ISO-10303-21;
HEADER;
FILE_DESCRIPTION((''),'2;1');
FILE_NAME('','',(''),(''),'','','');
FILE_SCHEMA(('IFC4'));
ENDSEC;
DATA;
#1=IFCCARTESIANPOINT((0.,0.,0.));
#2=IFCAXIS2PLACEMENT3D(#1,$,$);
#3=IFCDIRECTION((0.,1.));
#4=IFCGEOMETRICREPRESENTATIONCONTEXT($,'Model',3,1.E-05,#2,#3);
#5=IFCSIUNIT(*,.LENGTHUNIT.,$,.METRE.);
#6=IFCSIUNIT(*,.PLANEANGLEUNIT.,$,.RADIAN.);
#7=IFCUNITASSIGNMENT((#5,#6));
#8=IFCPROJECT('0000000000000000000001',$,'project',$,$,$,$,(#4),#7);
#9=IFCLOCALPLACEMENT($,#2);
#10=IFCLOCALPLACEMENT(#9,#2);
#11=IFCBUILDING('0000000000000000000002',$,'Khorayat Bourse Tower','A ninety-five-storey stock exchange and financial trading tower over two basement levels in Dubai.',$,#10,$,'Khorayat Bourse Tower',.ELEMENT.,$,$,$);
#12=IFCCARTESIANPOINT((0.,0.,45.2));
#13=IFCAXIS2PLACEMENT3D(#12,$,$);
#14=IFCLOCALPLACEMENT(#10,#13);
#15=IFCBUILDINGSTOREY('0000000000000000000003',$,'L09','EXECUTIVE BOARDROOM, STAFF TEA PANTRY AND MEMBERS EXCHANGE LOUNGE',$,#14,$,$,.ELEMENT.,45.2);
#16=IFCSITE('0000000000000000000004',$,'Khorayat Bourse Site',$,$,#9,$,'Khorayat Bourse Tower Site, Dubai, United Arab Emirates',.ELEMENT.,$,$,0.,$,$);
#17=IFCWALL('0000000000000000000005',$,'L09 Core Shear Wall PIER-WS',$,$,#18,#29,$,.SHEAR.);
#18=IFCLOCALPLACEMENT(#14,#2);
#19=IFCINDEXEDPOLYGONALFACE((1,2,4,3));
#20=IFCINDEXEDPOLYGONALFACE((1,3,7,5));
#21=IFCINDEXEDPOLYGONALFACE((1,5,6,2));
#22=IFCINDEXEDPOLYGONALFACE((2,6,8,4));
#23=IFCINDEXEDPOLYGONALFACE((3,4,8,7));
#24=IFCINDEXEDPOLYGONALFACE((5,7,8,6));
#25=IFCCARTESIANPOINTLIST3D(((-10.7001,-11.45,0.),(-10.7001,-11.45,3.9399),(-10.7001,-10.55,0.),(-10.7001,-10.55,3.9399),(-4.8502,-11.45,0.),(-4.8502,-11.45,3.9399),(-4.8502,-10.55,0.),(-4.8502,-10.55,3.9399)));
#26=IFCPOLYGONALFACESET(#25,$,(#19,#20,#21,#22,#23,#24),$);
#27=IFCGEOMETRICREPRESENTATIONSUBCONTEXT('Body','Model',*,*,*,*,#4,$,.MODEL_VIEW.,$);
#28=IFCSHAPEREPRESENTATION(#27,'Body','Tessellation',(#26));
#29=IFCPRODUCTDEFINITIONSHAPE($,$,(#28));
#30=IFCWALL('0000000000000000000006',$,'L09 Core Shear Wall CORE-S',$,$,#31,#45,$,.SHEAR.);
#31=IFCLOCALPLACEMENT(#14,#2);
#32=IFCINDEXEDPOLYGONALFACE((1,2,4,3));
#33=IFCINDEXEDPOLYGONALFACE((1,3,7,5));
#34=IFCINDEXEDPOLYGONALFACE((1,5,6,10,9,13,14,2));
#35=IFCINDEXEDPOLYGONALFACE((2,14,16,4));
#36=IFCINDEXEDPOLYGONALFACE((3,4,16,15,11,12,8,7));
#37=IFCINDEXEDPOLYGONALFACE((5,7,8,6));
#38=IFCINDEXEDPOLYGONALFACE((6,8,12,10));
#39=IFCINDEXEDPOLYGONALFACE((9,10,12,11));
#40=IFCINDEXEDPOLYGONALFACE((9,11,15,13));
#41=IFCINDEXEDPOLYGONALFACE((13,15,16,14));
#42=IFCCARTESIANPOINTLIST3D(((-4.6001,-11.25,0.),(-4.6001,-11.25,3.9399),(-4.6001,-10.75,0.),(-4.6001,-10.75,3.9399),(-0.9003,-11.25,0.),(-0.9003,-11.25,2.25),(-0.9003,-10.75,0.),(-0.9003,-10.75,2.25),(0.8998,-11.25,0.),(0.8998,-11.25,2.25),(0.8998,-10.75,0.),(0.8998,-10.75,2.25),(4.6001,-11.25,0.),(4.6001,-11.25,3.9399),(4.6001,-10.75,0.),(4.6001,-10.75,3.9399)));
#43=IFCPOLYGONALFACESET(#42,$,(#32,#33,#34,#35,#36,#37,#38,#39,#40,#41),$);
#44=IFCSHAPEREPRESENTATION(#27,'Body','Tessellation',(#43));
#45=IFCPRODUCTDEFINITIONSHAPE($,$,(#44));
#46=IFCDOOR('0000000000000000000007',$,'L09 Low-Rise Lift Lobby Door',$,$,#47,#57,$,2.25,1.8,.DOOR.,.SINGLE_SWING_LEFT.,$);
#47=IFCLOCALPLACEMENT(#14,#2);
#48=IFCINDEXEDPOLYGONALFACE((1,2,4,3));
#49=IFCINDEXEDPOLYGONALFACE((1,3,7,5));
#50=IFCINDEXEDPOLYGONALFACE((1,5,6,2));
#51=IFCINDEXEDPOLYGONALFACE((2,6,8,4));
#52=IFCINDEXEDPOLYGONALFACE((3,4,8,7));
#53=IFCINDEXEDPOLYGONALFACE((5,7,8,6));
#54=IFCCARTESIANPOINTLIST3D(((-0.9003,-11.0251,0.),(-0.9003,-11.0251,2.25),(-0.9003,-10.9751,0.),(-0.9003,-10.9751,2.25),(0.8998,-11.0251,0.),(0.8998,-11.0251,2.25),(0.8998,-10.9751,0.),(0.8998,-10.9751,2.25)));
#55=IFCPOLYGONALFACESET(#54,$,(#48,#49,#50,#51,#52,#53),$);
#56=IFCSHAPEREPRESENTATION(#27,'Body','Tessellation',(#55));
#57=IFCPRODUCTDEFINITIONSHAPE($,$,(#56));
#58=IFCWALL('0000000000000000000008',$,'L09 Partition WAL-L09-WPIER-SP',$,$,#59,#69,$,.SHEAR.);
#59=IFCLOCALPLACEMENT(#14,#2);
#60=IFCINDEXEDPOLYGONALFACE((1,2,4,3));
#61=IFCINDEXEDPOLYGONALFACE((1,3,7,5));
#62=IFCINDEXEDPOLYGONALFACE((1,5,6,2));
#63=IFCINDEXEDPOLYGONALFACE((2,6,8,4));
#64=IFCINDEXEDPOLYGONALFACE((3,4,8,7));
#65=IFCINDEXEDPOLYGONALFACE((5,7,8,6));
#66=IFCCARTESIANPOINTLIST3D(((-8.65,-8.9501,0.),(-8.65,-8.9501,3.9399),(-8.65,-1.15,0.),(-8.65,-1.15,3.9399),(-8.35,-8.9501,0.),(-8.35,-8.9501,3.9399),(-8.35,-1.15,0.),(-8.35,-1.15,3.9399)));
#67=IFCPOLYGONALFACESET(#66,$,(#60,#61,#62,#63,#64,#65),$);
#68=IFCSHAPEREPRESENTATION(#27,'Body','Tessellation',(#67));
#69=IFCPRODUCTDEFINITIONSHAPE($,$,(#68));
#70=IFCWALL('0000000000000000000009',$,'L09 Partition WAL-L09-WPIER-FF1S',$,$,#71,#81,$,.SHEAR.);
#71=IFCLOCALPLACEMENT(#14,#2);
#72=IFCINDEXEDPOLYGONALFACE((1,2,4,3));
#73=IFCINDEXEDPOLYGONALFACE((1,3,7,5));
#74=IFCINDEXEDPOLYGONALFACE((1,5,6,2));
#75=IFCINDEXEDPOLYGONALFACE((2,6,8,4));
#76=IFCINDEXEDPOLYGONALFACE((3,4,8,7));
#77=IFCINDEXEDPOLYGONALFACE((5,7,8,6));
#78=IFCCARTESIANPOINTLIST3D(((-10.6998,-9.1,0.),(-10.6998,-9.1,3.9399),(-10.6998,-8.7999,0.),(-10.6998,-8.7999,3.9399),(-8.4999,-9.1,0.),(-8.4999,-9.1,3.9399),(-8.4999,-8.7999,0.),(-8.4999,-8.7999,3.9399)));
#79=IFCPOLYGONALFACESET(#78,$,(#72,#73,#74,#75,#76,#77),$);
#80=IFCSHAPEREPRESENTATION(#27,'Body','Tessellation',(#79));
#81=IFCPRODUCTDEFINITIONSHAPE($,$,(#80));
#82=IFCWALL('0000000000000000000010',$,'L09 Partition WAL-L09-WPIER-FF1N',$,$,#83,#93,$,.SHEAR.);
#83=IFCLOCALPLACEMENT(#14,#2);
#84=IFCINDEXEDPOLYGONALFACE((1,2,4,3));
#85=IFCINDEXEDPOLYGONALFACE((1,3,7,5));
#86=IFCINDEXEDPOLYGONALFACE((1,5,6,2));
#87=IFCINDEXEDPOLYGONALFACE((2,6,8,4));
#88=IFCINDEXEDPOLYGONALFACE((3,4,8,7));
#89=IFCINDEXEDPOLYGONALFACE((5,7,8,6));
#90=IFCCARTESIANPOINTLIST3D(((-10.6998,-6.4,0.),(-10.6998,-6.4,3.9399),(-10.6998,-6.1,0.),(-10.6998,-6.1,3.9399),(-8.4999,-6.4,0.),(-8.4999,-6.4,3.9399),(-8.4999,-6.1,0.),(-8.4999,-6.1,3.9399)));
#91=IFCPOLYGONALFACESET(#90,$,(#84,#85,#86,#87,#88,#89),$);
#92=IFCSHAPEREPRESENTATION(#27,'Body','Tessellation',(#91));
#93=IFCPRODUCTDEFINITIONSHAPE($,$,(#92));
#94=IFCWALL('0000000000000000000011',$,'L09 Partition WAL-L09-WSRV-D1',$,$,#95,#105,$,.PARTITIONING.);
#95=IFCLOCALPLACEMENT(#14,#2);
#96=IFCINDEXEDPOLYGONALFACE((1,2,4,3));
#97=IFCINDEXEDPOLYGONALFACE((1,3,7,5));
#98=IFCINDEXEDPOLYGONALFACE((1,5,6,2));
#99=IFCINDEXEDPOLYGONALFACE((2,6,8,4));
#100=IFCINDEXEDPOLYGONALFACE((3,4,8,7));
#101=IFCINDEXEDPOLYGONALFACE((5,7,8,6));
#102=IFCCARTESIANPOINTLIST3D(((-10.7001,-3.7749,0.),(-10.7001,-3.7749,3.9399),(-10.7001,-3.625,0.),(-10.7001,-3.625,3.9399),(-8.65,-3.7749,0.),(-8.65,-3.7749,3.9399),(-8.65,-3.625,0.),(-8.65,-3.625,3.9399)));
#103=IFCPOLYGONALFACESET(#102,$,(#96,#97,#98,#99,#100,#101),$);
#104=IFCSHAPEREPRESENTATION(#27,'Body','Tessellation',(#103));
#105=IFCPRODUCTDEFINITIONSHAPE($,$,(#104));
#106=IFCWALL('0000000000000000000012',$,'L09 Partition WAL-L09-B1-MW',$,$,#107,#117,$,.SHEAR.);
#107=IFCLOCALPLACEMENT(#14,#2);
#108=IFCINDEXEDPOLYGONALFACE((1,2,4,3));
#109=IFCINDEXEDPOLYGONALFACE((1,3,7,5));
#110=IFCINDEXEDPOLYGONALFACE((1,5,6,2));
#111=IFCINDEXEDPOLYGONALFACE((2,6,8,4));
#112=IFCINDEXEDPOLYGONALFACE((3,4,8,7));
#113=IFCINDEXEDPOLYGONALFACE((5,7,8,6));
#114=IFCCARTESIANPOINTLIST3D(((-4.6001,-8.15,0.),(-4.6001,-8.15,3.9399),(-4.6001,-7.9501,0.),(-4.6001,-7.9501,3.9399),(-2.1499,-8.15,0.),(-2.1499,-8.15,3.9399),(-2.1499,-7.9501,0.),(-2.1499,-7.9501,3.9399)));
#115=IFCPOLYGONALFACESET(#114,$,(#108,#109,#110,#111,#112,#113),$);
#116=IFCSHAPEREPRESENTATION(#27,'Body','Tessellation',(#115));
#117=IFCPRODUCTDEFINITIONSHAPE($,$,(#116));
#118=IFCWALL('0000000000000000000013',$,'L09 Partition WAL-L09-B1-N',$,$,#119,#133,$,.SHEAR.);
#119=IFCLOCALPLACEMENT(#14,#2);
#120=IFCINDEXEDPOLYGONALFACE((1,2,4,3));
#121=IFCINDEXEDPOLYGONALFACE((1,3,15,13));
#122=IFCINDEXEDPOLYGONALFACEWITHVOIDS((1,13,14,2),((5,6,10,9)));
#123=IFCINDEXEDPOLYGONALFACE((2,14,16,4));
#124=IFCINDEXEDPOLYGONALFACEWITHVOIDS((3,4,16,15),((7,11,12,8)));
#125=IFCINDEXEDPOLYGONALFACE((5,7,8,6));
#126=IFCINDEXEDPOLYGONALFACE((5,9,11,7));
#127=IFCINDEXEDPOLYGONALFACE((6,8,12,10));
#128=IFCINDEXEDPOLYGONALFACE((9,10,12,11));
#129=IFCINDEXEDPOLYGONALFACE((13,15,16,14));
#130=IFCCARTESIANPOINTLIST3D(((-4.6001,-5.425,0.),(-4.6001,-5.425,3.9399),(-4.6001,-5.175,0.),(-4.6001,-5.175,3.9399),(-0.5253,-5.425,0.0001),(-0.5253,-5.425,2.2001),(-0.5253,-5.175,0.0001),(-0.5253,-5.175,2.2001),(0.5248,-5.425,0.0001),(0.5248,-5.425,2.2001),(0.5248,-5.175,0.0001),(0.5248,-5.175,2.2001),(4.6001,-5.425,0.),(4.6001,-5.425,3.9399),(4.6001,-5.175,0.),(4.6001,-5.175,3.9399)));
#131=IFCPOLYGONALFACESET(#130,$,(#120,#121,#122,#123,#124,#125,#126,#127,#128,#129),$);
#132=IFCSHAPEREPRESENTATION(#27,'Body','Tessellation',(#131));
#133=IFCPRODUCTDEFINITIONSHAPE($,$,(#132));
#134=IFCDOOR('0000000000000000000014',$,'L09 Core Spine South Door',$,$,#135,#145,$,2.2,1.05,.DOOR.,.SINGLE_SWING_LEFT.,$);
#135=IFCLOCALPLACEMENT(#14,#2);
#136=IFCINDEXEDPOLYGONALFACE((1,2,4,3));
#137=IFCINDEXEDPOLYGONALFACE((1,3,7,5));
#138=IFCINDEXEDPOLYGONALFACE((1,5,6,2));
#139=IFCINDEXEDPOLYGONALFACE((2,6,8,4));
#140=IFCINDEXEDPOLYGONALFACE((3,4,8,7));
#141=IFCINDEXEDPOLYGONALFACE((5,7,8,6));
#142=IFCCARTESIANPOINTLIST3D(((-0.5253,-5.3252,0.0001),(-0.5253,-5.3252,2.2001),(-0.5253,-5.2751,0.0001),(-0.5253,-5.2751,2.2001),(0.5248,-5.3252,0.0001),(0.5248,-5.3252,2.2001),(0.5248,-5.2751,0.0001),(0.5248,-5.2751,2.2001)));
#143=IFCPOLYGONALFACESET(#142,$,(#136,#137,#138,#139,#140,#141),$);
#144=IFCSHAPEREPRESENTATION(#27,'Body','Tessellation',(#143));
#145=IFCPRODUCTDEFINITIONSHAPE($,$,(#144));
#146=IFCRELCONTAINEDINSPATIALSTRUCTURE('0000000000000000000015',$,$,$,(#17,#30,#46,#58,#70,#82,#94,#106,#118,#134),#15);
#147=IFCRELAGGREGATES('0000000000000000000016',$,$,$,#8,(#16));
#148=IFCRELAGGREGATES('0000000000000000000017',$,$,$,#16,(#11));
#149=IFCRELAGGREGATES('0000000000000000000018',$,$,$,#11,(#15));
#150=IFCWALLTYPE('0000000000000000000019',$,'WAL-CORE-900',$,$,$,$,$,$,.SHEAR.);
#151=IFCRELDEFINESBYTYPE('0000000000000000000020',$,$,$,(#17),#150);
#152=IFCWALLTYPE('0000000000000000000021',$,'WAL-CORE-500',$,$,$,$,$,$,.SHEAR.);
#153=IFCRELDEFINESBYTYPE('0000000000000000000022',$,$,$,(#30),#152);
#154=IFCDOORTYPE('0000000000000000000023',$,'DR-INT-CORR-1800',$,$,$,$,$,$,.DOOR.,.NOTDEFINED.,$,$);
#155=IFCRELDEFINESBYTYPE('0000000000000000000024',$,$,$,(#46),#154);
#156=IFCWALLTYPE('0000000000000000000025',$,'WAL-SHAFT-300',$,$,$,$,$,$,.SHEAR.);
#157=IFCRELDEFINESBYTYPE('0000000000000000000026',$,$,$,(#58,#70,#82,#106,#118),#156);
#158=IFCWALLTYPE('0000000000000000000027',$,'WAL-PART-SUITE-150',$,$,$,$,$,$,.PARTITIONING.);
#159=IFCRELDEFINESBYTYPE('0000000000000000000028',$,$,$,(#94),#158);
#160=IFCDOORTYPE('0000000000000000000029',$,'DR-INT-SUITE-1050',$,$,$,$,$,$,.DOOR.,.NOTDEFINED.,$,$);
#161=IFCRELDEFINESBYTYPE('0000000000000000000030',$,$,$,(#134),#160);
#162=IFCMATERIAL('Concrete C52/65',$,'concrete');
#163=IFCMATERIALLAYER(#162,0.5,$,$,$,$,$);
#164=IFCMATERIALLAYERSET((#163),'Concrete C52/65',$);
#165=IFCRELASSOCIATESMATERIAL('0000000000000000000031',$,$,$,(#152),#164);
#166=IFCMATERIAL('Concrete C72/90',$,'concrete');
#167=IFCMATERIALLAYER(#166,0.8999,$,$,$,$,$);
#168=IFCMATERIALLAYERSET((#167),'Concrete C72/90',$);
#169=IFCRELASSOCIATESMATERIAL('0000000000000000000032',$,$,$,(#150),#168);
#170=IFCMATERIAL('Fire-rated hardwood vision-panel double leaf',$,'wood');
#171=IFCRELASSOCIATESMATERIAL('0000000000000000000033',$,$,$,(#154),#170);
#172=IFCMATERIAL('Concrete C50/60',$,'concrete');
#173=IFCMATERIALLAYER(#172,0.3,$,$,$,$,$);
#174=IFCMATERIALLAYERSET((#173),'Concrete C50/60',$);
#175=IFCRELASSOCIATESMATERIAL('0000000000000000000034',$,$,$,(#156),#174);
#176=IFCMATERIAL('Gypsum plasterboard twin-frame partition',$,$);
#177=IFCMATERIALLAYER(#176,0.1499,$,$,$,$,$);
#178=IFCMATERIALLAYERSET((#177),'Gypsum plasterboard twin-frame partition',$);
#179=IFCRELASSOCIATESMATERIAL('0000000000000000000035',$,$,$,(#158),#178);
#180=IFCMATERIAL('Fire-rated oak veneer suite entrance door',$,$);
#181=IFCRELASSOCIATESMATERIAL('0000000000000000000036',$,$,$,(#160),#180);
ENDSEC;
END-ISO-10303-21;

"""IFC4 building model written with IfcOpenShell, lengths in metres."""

from ifc_helpers import new_model, si_unit, direction, frame, frame_2d, origin, place, context, subcontext, project, spatial, rectangle, extrude, source, transform, mapped, material, layer, layer_set, type_object, element, fill, save


model = new_model("IFC4")

# Units and contexts
model_context = context("Model", 3, precision=1e-05, world=origin(), true_north=direction((0.0, 1.0)))
body_context = subcontext(model_context, "Body", "Model", "MODEL_VIEW")
ifc_project = project(units=[si_unit("LENGTHUNIT", "METRE"), si_unit("PLANEANGLEUNIT", "RADIAN")], contexts=[model_context])

# Site, building, storey
site_placement = place(None, origin())
site = spatial("IfcSite", under=ifc_project, at=site_placement, Name="Khorayat Bourse Site", LongName="Khorayat Bourse Tower Site, Dubai, United Arab Emirates", CompositionType="ELEMENT", RefElevation=0.0)
building_placement = place(site_placement, origin())
building = spatial("IfcBuilding", under=site, at=building_placement, Name="Khorayat Bourse Tower", Description="A ninety-five-storey stock exchange and financial trading tower over two basement levels in Dubai.", LongName="Khorayat Bourse Tower", CompositionType="ELEMENT")
storey_placement = place(building_placement, frame((0.0, 0.0, 45.2)))
storey = spatial("IfcBuildingStorey", under=building, at=storey_placement, Name="L09", Description="EXECUTIVE BOARDROOM, STAFF TEA PANTRY AND MEMBERS EXCHANGE LOUNGE", CompositionType="ELEMENT", Elevation=45.2)

# Shared definitions
ifc_material_1 = material(Name="Concrete C72/90", Category="concrete")

# Wall
ifc_material_2 = material(Name="Concrete C52/65", Category="concrete")
ifc_layer_1 = layer(ifc_material_2, 0.5)
ifc_layer_set_1 = layer_set([ifc_layer_1], Name="Concrete C52/65")
wall_type_1 = type_object("IfcWallType", Name="WAL-CORE-500", PredefinedType="SHEAR", material=ifc_layer_set_1)
ifc_layer_2 = layer(ifc_material_1, 0.8999)
ifc_layer_set_2 = layer_set([ifc_layer_2], Name="Concrete C72/90")
wall_type_2 = type_object("IfcWallType", Name="WAL-CORE-900", PredefinedType="SHEAR", material=ifc_layer_set_2)
shared_shape_1 = source(origin(), body_context, "Body", "SweptSolid", [
    extrude(rectangle(XDim=5.8499, YDim=0.8999, at=frame_2d((2.9248, 0.0))), origin(), (0.0, 0.0, 1.0), 3.9399),
])
wall_1_placement = place(storey_placement, frame((-10.7, -11.0, 0.0), z_axis=(0.0, 0.0, 1.0), x_axis=(1.0, 0.0, 0.0)))
element("IfcWall", 1, at=wall_1_placement, inside=storey, type_object=wall_type_2, Name="L09 Core Shear Wall PIER-WS", PredefinedType="SHEAR", context=body_context, shape_type="MappedRepresentation", body=[
    mapped(shared_shape_1, transform((0.0, 0.0, 0.0), scale=1.0)),
])

# Wall, opening, door
shared_shape_2 = source(origin(), body_context, "Body", "SweptSolid", [
    extrude(rectangle(XDim=9.2002, YDim=0.5, at=frame_2d((4.6001, 0.0))), origin(), (0.0, 0.0, 1.0), 3.9399),
])
wall_2_placement = place(storey_placement, frame((-4.6001, -11.0, 0.0), z_axis=(0.0, 0.0, 1.0), x_axis=(1.0, 0.0, 0.0)))
wall_2 = element("IfcWall", 2, at=wall_2_placement, inside=storey, type_object=wall_type_1, Name="L09 Core Shear Wall CORE-S", PredefinedType="SHEAR", context=body_context, shape_type="MappedRepresentation", body=[
    mapped(shared_shape_2, transform((0.0, 0.0, 0.0), scale=1.0)),
])
shared_shape_3 = source(origin(), body_context, "Body", "SweptSolid", [
    extrude(rectangle(XDim=1.8, YDim=2.25, at=frame_2d((0.8999, 1.125))), frame((0.0, 0.26, 0.0), z_axis=(0.0, -1.0, 0.0), x_axis=(1.0, 0.0, 0.0)), (0.0, 0.0, 1.0), 0.52),
])
opening_1_placement = place(wall_2_placement, frame((3.7, 0.0, 0.0)))
opening_1 = element("IfcOpeningElement", 3, at=opening_1_placement, cuts=wall_2, PredefinedType="OPENING", context=body_context, shape_type="MappedRepresentation", body=[
    mapped(shared_shape_3, transform((0.0, 0.0, 0.0), scale=1.0)),
])
ifc_material_3 = material(Name="Fire-rated hardwood vision-panel double leaf", Category="wood")
door_type_1 = type_object("IfcDoorType", Name="DR-INT-CORR-1800", OperationType="NOTDEFINED", PredefinedType="DOOR", material=ifc_material_3)
shared_shape_4 = source(origin(), body_context, "Body", "SweptSolid", [
    extrude(rectangle(XDim=1.8, YDim=2.25, at=frame_2d((0.8999, 1.125))), frame((0.0, 0.0249, 0.0), z_axis=(0.0, -1.0, 0.0), x_axis=(1.0, 0.0, 0.0)), (0.0, 0.0, 1.0), 0.05),
])
door_1_placement = place(opening_1_placement, origin())
door_1 = element("IfcDoor", 4, at=door_1_placement, inside=storey, type_object=door_type_1, Name="L09 Low-Rise Lift Lobby Door", OperationType="SINGLE_SWING_LEFT", OverallHeight=2.25, OverallWidth=1.8, PredefinedType="DOOR", context=body_context, shape_type="MappedRepresentation", body=[
    mapped(shared_shape_4, transform((0.0, 0.0, 0.0), scale=1.0)),
])
fill(opening_1, door_1)

# Walls
ifc_material_4 = material(Name="Concrete C50/60", Category="concrete")
ifc_layer_3 = layer(ifc_material_4, 0.3)
ifc_layer_set_3 = layer_set([ifc_layer_3], Name="Concrete C50/60")
wall_type_3 = type_object("IfcWallType", Name="WAL-SHAFT-300", PredefinedType="SHEAR", material=ifc_layer_set_3)
shared_shape_5 = source(origin(), body_context, "Body", "SweptSolid", [
    extrude(rectangle(XDim=7.8, YDim=0.3, at=frame_2d((3.8999, 0.0))), origin(), (0.0, 0.0, 1.0), 3.9399),
])
wall_3_placement = place(storey_placement, frame((-8.5, -8.95, 0.0), z_axis=(0.0, 0.0, 1.0), x_axis=(0.0, 1.0, 0.0)))
element("IfcWall", 5, at=wall_3_placement, inside=storey, type_object=wall_type_3, Name="L09 Partition WAL-L09-WPIER-SP", PredefinedType="SHEAR", context=body_context, shape_type="MappedRepresentation", body=[
    mapped(shared_shape_5, transform((0.0, 0.0, 0.0), scale=1.0)),
])
shared_shape_6 = source(origin(), body_context, "Body", "SweptSolid", [
    extrude(rectangle(XDim=2.2, YDim=0.3, at=frame_2d((1.1001, 0.0))), origin(), (0.0, 0.0, 1.0), 3.9399),
])
for number, where, z_axis, x_axis, name in (
    (6, (-10.7, -8.95, 0.0), (0.0, 0.0, 1.0), (1.0, 0.0, 0.0), "L09 Partition WAL-L09-WPIER-FF1S"),
    (7, (-10.7, -6.25, 0.0), (0.0, 0.0, 1.0), (1.0, 0.0, 0.0), "L09 Partition WAL-L09-WPIER-FF1N"),
):
    element("IfcWall", number, at=place(storey_placement, frame(where, z_axis=z_axis, x_axis=x_axis)), inside=storey, type_object=wall_type_3, Name=name, PredefinedType="SHEAR", context=body_context, shape_type="MappedRepresentation", body=[
        mapped(shared_shape_6, transform((0.0, 0.0, 0.0), scale=1.0)),
    ])
ifc_material_5 = material(Name="Gypsum plasterboard twin-frame partition")
ifc_layer_4 = layer(ifc_material_5, 0.1499)
ifc_layer_set_4 = layer_set([ifc_layer_4], Name="Gypsum plasterboard twin-frame partition")
wall_type_4 = type_object("IfcWallType", Name="WAL-PART-SUITE-150", PredefinedType="PARTITIONING", material=ifc_layer_set_4)
shared_shape_7 = source(origin(), body_context, "Body", "SweptSolid", [
    extrude(rectangle(XDim=2.05, YDim=0.1499, at=frame_2d((1.0249, 0.0))), origin(), (0.0, 0.0, 1.0), 3.9399),
])
wall_4_placement = place(storey_placement, frame((-10.7, -3.7, 0.0), z_axis=(0.0, 0.0, 1.0), x_axis=(1.0, 0.0, 0.0)))
element("IfcWall", 8, at=wall_4_placement, inside=storey, type_object=wall_type_4, Name="L09 Partition WAL-L09-WSRV-D1", PredefinedType="PARTITIONING", context=body_context, shape_type="MappedRepresentation", body=[
    mapped(shared_shape_7, transform((0.0, 0.0, 0.0), scale=1.0)),
])
shared_shape_8 = source(origin(), body_context, "Body", "SweptSolid", [
    extrude(rectangle(XDim=2.4502, YDim=0.2, at=frame_2d((1.2251, 0.0))), origin(), (0.0, 0.0, 1.0), 3.9399),
])
wall_5_placement = place(storey_placement, frame((-4.6001, -8.05, 0.0), z_axis=(0.0, 0.0, 1.0), x_axis=(1.0, 0.0, 0.0)))
element("IfcWall", 9, at=wall_5_placement, inside=storey, type_object=wall_type_3, Name="L09 Partition WAL-L09-B1-MW", PredefinedType="SHEAR", context=body_context, shape_type="MappedRepresentation", body=[
    mapped(shared_shape_8, transform((0.0, 0.0, 0.0), scale=1.0)),
])

# Wall, opening, door
shared_shape_9 = source(origin(), body_context, "Body", "SweptSolid", [
    extrude(rectangle(XDim=9.2002, YDim=0.25, at=frame_2d((4.6001, 0.0))), origin(), (0.0, 0.0, 1.0), 3.9399),
])
wall_6_placement = place(storey_placement, frame((-4.6001, -5.3, 0.0), z_axis=(0.0, 0.0, 1.0), x_axis=(1.0, 0.0, 0.0)))
wall_6 = element("IfcWall", 10, at=wall_6_placement, inside=storey, type_object=wall_type_3, Name="L09 Partition WAL-L09-B1-N", PredefinedType="SHEAR", context=body_context, shape_type="MappedRepresentation", body=[
    mapped(shared_shape_9, transform((0.0, 0.0, 0.0), scale=1.0)),
])
shared_shape_10 = source(origin(), body_context, "Body", "SweptSolid", [
    extrude(rectangle(XDim=1.05, YDim=2.2, at=frame_2d((0.5249, 1.1001))), frame((0.0, 0.135, 0.0), z_axis=(0.0, -1.0, 0.0), x_axis=(1.0, 0.0, 0.0)), (0.0, 0.0, 1.0), 0.27),
])
opening_2_placement = place(wall_6_placement, frame((4.075, 0.0, 0.0)))
opening_2 = element("IfcOpeningElement", 11, at=opening_2_placement, cuts=wall_6, PredefinedType="OPENING", context=body_context, shape_type="MappedRepresentation", body=[
    mapped(shared_shape_10, transform((0.0, 0.0, 0.0), scale=1.0)),
])
ifc_material_6 = material(Name="Fire-rated oak veneer suite entrance door")
door_type_2 = type_object("IfcDoorType", Name="DR-INT-SUITE-1050", OperationType="NOTDEFINED", PredefinedType="DOOR", material=ifc_material_6)
shared_shape_11 = source(origin(), body_context, "Body", "SweptSolid", [
    extrude(rectangle(XDim=1.05, YDim=2.2, at=frame_2d((0.5249, 1.1001))), frame((0.0, 0.0249, 0.0), z_axis=(0.0, -1.0, 0.0), x_axis=(1.0, 0.0, 0.0)), (0.0, 0.0, 1.0), 0.05),
])
door_2_placement = place(opening_2_placement, origin())
door_2 = element("IfcDoor", 12, at=door_2_placement, inside=storey, type_object=door_type_2, Name="L09 Core Spine South Door", OperationType="SINGLE_SWING_LEFT", OverallHeight=2.2, OverallWidth=1.05, PredefinedType="DOOR", context=body_context, shape_type="MappedRepresentation", body=[
    mapped(shared_shape_11, transform((0.0, 0.0, 0.0), scale=1.0)),
])
fill(opening_2, door_2)

save(model, "model.ifc")
